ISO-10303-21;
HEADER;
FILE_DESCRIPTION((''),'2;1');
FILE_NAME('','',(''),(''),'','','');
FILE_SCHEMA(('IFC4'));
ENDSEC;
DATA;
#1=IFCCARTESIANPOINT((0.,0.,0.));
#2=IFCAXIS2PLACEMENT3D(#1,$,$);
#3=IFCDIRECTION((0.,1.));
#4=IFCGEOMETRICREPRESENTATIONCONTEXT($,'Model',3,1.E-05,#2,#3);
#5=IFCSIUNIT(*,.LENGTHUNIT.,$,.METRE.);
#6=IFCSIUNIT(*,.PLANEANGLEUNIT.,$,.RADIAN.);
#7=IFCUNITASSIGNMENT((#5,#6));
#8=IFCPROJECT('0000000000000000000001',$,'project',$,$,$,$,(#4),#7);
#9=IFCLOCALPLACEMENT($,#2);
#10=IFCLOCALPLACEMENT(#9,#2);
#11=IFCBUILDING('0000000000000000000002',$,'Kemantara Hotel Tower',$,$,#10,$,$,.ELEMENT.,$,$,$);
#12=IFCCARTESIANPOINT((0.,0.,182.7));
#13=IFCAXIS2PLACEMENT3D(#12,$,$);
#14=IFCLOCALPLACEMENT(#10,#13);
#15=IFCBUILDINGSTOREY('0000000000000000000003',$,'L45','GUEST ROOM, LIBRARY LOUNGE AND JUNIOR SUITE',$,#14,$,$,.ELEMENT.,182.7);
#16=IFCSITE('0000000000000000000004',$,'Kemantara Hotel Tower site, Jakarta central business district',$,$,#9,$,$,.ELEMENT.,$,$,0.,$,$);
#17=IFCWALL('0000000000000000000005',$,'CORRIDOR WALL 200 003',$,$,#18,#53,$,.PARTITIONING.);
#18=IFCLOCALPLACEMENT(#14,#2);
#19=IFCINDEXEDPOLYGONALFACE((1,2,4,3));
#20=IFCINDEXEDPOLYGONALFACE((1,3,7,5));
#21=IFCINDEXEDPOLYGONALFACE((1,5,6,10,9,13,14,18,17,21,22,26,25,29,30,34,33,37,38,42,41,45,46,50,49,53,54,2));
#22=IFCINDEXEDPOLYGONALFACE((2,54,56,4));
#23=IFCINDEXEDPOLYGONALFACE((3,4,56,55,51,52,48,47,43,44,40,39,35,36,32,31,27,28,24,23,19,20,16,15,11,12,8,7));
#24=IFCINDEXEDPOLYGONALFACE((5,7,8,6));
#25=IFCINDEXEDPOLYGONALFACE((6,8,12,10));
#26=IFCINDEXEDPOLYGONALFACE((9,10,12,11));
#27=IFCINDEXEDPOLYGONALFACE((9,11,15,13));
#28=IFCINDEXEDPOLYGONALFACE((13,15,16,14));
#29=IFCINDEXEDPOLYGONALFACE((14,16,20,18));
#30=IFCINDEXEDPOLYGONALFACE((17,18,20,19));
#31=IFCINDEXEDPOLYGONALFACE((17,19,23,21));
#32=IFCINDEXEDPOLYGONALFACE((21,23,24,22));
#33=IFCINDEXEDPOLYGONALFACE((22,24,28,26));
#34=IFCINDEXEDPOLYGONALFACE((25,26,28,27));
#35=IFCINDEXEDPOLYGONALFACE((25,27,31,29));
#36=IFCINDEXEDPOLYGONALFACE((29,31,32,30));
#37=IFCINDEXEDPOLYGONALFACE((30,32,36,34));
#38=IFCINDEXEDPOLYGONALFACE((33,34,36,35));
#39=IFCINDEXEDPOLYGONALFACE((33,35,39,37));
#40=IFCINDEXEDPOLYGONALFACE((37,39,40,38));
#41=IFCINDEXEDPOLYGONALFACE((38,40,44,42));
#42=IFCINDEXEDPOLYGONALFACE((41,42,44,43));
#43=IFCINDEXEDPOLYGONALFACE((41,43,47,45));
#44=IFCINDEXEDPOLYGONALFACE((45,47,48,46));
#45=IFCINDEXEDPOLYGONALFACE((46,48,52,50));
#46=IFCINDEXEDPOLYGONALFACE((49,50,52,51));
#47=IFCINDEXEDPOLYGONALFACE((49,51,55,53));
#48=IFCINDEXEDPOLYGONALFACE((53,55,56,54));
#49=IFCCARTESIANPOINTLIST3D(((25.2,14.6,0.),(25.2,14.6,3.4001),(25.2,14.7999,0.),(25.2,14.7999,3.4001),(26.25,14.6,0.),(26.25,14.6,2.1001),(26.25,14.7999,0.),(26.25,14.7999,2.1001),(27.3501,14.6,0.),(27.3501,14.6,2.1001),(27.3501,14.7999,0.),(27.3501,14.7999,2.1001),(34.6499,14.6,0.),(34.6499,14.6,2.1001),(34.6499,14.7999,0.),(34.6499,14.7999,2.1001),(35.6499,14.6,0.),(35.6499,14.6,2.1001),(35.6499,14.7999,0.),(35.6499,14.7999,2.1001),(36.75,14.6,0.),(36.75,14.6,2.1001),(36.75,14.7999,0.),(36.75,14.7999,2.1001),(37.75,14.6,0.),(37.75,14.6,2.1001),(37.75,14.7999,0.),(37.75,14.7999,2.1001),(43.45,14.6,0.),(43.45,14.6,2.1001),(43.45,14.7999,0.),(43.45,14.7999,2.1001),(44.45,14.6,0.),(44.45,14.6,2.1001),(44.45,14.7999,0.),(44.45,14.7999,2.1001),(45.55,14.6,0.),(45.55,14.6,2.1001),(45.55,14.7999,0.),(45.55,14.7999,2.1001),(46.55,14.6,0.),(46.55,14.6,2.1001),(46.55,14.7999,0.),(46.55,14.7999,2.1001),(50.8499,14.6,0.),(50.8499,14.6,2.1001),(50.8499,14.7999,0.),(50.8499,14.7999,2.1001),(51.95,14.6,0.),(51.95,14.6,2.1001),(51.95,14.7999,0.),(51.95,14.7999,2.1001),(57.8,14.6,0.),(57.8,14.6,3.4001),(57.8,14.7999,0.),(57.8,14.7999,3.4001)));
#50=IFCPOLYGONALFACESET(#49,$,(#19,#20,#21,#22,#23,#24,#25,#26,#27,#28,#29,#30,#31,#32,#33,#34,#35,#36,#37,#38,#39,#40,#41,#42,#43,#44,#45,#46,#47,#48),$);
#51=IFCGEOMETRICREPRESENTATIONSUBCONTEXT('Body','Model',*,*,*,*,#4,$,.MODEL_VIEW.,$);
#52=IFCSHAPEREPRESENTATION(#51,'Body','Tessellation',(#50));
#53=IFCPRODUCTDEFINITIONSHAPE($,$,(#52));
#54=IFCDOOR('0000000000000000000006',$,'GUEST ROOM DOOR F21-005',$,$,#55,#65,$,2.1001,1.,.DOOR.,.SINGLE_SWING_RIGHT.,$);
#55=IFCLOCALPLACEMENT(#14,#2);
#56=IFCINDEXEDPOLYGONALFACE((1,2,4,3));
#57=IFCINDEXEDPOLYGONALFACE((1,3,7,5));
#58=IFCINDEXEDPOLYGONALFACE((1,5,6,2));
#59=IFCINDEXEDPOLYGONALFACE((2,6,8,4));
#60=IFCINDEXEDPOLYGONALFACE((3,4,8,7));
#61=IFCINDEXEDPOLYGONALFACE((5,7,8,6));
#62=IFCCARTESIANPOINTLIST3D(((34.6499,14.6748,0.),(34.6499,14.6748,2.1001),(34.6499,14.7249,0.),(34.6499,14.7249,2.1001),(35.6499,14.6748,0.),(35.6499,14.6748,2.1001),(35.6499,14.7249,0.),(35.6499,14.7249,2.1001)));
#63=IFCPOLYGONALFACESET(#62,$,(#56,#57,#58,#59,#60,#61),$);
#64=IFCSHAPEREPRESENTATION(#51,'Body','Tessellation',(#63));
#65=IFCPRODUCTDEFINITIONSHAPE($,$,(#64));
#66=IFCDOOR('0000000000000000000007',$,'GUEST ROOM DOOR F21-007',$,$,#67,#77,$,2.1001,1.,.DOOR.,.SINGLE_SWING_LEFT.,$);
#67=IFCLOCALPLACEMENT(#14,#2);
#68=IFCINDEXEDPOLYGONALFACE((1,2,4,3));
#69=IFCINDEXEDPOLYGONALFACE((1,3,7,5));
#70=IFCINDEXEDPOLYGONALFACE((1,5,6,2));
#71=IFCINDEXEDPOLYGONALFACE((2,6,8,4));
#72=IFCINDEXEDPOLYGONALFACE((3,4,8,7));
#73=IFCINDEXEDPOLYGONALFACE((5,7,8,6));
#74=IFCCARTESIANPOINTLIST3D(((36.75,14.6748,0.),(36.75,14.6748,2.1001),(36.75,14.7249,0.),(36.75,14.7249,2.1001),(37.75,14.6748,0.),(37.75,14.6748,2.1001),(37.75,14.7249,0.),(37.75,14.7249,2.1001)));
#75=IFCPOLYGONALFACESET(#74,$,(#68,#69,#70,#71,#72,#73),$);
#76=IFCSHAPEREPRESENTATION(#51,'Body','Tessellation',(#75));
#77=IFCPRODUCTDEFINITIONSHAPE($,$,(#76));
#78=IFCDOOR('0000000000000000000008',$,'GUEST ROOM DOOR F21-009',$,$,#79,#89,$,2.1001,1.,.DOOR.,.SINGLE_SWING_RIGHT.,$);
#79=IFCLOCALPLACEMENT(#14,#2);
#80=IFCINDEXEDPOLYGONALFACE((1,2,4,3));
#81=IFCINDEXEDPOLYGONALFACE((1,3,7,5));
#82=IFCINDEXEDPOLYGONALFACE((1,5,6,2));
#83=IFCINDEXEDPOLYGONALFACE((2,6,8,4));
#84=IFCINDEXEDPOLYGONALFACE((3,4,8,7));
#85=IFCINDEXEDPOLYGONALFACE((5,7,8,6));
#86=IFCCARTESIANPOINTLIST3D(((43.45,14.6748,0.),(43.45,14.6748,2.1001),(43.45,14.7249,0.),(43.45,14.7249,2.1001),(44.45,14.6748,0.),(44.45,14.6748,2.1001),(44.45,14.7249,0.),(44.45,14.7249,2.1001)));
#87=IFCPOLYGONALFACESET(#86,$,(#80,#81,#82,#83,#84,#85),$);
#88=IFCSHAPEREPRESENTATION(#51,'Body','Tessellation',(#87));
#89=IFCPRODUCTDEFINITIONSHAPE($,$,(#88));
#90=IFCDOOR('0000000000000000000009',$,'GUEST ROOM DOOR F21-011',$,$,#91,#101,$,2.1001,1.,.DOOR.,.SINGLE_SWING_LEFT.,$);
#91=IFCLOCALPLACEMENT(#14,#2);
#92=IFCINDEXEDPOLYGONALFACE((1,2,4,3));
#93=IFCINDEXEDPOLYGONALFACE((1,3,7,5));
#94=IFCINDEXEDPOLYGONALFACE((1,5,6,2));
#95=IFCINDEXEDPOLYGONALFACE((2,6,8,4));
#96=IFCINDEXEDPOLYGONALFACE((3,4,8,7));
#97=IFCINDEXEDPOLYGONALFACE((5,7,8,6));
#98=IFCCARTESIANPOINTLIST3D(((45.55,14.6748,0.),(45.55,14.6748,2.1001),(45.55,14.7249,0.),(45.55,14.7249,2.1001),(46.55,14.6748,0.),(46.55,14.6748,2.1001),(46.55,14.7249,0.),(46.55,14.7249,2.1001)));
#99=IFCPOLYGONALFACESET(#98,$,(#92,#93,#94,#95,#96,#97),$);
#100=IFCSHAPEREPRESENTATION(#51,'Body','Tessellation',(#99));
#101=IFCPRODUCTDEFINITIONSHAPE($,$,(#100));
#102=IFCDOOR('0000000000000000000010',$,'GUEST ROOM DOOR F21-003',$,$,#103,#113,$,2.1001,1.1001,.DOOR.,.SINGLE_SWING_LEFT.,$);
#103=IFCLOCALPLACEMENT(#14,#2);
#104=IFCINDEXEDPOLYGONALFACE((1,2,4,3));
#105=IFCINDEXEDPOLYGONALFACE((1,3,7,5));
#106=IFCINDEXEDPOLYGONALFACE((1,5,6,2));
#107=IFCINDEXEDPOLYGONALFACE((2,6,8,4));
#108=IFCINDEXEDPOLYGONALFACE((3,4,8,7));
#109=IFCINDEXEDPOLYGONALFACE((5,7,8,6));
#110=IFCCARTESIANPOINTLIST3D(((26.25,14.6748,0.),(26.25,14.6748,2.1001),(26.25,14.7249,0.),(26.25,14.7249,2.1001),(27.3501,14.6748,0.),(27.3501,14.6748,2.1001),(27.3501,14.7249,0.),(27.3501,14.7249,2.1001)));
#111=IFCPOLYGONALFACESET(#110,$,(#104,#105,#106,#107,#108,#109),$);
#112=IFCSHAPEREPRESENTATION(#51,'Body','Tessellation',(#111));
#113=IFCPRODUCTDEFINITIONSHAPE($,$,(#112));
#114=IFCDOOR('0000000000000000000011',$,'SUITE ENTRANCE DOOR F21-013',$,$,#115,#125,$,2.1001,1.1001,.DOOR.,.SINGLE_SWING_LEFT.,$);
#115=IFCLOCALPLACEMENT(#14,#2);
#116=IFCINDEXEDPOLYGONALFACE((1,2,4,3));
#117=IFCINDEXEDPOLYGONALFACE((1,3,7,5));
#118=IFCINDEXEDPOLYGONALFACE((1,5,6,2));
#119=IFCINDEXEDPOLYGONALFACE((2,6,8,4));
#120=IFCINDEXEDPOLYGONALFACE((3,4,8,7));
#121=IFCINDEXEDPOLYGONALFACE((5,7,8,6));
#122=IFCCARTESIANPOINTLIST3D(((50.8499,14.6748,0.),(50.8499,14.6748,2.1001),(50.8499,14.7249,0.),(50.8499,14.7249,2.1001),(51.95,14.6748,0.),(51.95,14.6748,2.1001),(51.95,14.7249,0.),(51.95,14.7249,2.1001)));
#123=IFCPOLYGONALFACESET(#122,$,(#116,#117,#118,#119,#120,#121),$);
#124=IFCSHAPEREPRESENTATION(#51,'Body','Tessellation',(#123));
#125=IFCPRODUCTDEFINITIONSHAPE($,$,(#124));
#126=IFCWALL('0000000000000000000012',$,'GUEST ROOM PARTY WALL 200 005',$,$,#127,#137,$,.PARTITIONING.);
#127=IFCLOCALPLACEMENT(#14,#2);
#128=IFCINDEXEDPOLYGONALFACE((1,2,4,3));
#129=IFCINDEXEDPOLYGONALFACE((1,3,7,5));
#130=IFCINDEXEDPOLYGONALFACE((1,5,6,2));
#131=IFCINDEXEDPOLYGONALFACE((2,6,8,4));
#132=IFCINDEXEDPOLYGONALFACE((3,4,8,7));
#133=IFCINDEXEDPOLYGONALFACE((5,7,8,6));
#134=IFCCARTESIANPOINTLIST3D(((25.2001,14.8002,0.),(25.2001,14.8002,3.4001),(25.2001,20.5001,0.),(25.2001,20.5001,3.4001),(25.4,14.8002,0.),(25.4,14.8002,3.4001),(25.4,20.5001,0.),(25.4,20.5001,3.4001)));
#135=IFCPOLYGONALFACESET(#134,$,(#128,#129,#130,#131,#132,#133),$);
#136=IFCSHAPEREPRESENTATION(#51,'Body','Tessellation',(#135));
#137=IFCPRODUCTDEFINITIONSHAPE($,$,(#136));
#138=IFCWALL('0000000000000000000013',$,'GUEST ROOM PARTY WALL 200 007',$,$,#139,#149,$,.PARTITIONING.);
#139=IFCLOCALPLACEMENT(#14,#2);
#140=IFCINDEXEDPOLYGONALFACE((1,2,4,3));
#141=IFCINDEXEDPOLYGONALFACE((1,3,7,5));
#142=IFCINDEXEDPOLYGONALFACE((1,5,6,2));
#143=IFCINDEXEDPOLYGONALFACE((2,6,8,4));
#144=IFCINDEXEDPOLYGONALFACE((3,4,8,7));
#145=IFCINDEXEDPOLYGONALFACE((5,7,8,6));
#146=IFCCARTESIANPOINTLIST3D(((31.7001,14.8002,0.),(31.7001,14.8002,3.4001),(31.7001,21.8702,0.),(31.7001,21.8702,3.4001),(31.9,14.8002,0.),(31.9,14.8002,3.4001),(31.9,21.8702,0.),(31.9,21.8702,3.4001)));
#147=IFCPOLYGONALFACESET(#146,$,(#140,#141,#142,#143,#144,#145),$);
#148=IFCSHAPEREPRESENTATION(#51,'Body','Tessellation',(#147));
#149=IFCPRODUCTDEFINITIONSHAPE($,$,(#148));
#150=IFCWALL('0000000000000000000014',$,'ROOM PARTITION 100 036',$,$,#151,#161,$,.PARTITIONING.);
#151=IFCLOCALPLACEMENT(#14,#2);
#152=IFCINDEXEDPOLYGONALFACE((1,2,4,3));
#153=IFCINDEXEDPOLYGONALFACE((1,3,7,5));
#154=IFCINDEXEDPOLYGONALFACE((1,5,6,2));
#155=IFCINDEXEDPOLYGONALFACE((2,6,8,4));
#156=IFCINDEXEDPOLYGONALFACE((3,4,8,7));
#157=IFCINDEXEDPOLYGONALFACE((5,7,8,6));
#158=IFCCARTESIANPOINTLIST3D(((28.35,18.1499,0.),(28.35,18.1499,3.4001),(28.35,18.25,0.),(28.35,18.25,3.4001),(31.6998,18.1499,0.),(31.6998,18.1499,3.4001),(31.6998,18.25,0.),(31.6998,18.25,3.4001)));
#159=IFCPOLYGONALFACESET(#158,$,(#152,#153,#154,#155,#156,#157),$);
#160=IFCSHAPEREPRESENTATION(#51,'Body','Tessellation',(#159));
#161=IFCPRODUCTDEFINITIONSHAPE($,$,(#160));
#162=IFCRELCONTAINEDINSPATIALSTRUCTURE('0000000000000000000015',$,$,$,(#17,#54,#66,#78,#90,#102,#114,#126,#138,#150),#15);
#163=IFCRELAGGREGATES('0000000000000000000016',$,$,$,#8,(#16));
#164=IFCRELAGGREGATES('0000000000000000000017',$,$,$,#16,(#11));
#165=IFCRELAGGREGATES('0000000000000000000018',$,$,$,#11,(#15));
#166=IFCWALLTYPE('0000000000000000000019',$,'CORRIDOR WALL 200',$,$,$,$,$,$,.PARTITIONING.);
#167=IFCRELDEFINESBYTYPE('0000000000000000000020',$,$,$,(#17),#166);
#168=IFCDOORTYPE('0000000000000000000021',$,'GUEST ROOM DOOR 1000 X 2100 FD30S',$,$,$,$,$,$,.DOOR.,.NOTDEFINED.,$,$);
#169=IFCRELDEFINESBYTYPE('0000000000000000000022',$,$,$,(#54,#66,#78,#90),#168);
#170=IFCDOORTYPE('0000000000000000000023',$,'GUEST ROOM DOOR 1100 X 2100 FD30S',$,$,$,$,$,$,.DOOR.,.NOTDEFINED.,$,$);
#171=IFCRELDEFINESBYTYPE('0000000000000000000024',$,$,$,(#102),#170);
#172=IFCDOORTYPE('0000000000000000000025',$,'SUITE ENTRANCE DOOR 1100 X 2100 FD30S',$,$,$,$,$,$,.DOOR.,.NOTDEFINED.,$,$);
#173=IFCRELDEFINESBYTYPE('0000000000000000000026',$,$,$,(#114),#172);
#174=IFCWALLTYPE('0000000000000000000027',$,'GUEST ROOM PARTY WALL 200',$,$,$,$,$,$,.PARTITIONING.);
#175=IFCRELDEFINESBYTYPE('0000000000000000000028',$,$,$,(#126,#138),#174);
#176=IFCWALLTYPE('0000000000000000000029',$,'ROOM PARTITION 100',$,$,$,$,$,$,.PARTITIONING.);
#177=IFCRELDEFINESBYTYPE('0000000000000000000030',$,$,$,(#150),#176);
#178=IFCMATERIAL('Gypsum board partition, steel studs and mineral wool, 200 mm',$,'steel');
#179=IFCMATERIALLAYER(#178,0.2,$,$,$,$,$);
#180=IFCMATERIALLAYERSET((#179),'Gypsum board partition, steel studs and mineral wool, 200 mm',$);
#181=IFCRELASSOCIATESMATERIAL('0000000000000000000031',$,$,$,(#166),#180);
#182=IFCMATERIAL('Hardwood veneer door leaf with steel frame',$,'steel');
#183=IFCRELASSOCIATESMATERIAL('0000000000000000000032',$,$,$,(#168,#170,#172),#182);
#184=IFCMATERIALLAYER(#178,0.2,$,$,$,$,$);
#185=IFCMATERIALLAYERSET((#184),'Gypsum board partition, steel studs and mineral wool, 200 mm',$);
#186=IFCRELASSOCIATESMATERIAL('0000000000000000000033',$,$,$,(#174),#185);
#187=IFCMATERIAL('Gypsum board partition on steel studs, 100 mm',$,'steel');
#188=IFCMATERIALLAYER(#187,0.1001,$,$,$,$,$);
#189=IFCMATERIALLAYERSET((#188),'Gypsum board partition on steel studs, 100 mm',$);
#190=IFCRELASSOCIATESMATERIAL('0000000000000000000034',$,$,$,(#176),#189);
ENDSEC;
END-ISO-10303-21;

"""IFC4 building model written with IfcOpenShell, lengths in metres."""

from ifc_helpers import new_model, si_unit, direction, frame, frame_2d, origin, place, context, subcontext, project, spatial, rectangle, extrude, material, layer, layer_set, type_object, element, fill, save


model = new_model("IFC4")

# Units and contexts
model_context = context("Model", 3, precision=1e-05, world=origin(), true_north=direction((0.0, 1.0)))
body_context = subcontext(model_context, "Body", "Model", "MODEL_VIEW")
ifc_project = project(units=[si_unit("LENGTHUNIT", "METRE"), si_unit("PLANEANGLEUNIT", "RADIAN")], contexts=[model_context])

# Site, building, storey
site_placement = place(None, origin())
site = spatial("IfcSite", under=ifc_project, at=site_placement, Name="Kemantara Hotel Tower site, Jakarta central business district", CompositionType="ELEMENT", RefElevation=0.0)
building_placement = place(site_placement, origin())
building = spatial("IfcBuilding", under=site, at=building_placement, Name="Kemantara Hotel Tower", CompositionType="ELEMENT")
storey_placement = place(building_placement, frame((0.0, 0.0, 182.7)))
storey = spatial("IfcBuildingStorey", under=building, at=storey_placement, Name="L45", Description="GUEST ROOM, LIBRARY LOUNGE AND JUNIOR SUITE", CompositionType="ELEMENT", Elevation=182.7)

# Wall, openings, doors
ifc_material_1 = material(Name="Gypsum board partition, steel studs and mineral wool, 200 mm", Category="steel")
ifc_layer_1 = layer(ifc_material_1, 0.2)
ifc_layer_set_1 = layer_set([ifc_layer_1], Name="Gypsum board partition, steel studs and mineral wool, 200 mm")
wall_type_1 = type_object("IfcWallType", Name="CORRIDOR WALL 200", PredefinedType="PARTITIONING", material=ifc_layer_set_1)
wall_1_placement = place(storey_placement, frame((25.2, 14.7, 0.0), z_axis=(0.0, 0.0, 1.0), x_axis=(1.0, 0.0, 0.0)))
wall_1 = element("IfcWall", 1, at=wall_1_placement, inside=storey, type_object=wall_type_1, Name="CORRIDOR WALL 200 003", PredefinedType="PARTITIONING", context=body_context, shape_type="SweptSolid", body=[
    extrude(rectangle(XDim=32.6001, YDim=0.2, at=frame_2d((16.3, 0.0))), origin(), (0.0, 0.0, 1.0), 3.4001),
])
opening_1_placement = place(wall_1_placement, frame((1.05, 0.0, 0.0)))
opening_1 = element("IfcOpeningElement", 2, at=opening_1_placement, cuts=wall_1, PredefinedType="OPENING", context=body_context, shape_type="SweptSolid", body=[
    extrude(rectangle(XDim=1.1001, YDim=2.1001, at=frame_2d((0.55, 1.05))), frame((0.0, 0.1099, 0.0), z_axis=(0.0, -1.0, 0.0), x_axis=(1.0, 0.0, 0.0)), (0.0, 0.0, 1.0), 0.22),
])
opening_2_placement = place(wall_1_placement, frame((9.45, 0.0, 0.0)))
opening_2 = element("IfcOpeningElement", 3, at=opening_2_placement, cuts=wall_1, PredefinedType="OPENING", context=body_context, shape_type="SweptSolid", body=[
    extrude(rectangle(XDim=1.0, YDim=2.1001, at=frame_2d((0.5, 1.05))), frame((0.0, 0.1099, 0.0), z_axis=(0.0, -1.0, 0.0), x_axis=(1.0, 0.0, 0.0)), (0.0, 0.0, 1.0), 0.22),
])
opening_3_placement = place(wall_1_placement, frame((11.55, 0.0, 0.0)))
opening_3 = element("IfcOpeningElement", 4, at=opening_3_placement, cuts=wall_1, PredefinedType="OPENING", context=body_context, shape_type="SweptSolid", body=[
    extrude(rectangle(XDim=1.0, YDim=2.1001, at=frame_2d((0.5, 1.05))), frame((0.0, 0.1099, 0.0), z_axis=(0.0, -1.0, 0.0), x_axis=(1.0, 0.0, 0.0)), (0.0, 0.0, 1.0), 0.22),
])
opening_4_placement = place(wall_1_placement, frame((18.25, 0.0, 0.0)))
opening_4 = element("IfcOpeningElement", 5, at=opening_4_placement, cuts=wall_1, PredefinedType="OPENING", context=body_context, shape_type="SweptSolid", body=[
    extrude(rectangle(XDim=1.0, YDim=2.1001, at=frame_2d((0.5, 1.05))), frame((0.0, 0.1099, 0.0), z_axis=(0.0, -1.0, 0.0), x_axis=(1.0, 0.0, 0.0)), (0.0, 0.0, 1.0), 0.22),
])
opening_5_placement = place(wall_1_placement, frame((20.3501, 0.0, 0.0)))
opening_5 = element("IfcOpeningElement", 6, at=opening_5_placement, cuts=wall_1, PredefinedType="OPENING", context=body_context, shape_type="SweptSolid", body=[
    extrude(rectangle(XDim=1.0, YDim=2.1001, at=frame_2d((0.5, 1.05))), frame((0.0, 0.1099, 0.0), z_axis=(0.0, -1.0, 0.0), x_axis=(1.0, 0.0, 0.0)), (0.0, 0.0, 1.0), 0.22),
])
opening_6_placement = place(wall_1_placement, frame((25.6499, 0.0, 0.0)))
opening_6 = element("IfcOpeningElement", 7, at=opening_6_placement, cuts=wall_1, PredefinedType="OPENING", context=body_context, shape_type="SweptSolid", body=[
    extrude(rectangle(XDim=1.1001, YDim=2.1001, at=frame_2d((0.55, 1.05))), frame((0.0, 0.1099, 0.0), z_axis=(0.0, -1.0, 0.0), x_axis=(1.0, 0.0, 0.0)), (0.0, 0.0, 1.0), 0.22),
])
ifc_material_2 = material(Name="Hardwood veneer door leaf with steel frame", Category="steel")
door_type_1 = type_object("IfcDoorType", Name="GUEST ROOM DOOR 1000 X 2100 FD30S", OperationType="NOTDEFINED", PredefinedType="DOOR", material=ifc_material_2)
door_1_placement = place(opening_2_placement, origin())
door_1 = element("IfcDoor", 8, at=door_1_placement, inside=storey, type_object=door_type_1, Name="GUEST ROOM DOOR F21-005", OperationType="SINGLE_SWING_RIGHT", OverallHeight=2.1001, OverallWidth=1.0, PredefinedType="DOOR", context=body_context, shape_type="SweptSolid", body=[
    extrude(rectangle(XDim=1.0, YDim=2.1001, at=frame_2d((0.5, 1.05))), frame((0.0, 0.0249, 0.0), z_axis=(0.0, -1.0, 0.0), x_axis=(1.0, 0.0, 0.0)), (0.0, 0.0, 1.0), 0.05),
])
fill(opening_2, door_1)
door_2_placement = place(opening_3_placement, origin())
door_2 = element("IfcDoor", 9, at=door_2_placement, inside=storey, type_object=door_type_1, Name="GUEST ROOM DOOR F21-007", OperationType="SINGLE_SWING_LEFT", OverallHeight=2.1001, OverallWidth=1.0, PredefinedType="DOOR", context=body_context, shape_type="SweptSolid", body=[
    extrude(rectangle(XDim=1.0, YDim=2.1001, at=frame_2d((0.5, 1.05))), frame((0.0, 0.0249, 0.0), z_axis=(0.0, -1.0, 0.0), x_axis=(1.0, 0.0, 0.0)), (0.0, 0.0, 1.0), 0.05),
])
fill(opening_3, door_2)
door_3_placement = place(opening_4_placement, origin())
door_3 = element("IfcDoor", 10, at=door_3_placement, inside=storey, type_object=door_type_1, Name="GUEST ROOM DOOR F21-009", OperationType="SINGLE_SWING_RIGHT", OverallHeight=2.1001, OverallWidth=1.0, PredefinedType="DOOR", context=body_context, shape_type="SweptSolid", body=[
    extrude(rectangle(XDim=1.0, YDim=2.1001, at=frame_2d((0.5, 1.05))), frame((0.0, 0.0249, 0.0), z_axis=(0.0, -1.0, 0.0), x_axis=(1.0, 0.0, 0.0)), (0.0, 0.0, 1.0), 0.05),
])
fill(opening_4, door_3)
door_4_placement = place(opening_5_placement, origin())
door_4 = element("IfcDoor", 11, at=door_4_placement, inside=storey, type_object=door_type_1, Name="GUEST ROOM DOOR F21-011", OperationType="SINGLE_SWING_LEFT", OverallHeight=2.1001, OverallWidth=1.0, PredefinedType="DOOR", context=body_context, shape_type="SweptSolid", body=[
    extrude(rectangle(XDim=1.0, YDim=2.1001, at=frame_2d((0.5, 1.05))), frame((0.0, 0.0249, 0.0), z_axis=(0.0, -1.0, 0.0), x_axis=(1.0, 0.0, 0.0)), (0.0, 0.0, 1.0), 0.05),
])
fill(opening_5, door_4)
door_type_2 = type_object("IfcDoorType", Name="GUEST ROOM DOOR 1100 X 2100 FD30S", OperationType="NOTDEFINED", PredefinedType="DOOR", material=ifc_material_2)
door_5_placement = place(opening_1_placement, origin())
door_5 = element("IfcDoor", 12, at=door_5_placement, inside=storey, type_object=door_type_2, Name="GUEST ROOM DOOR F21-003", OperationType="SINGLE_SWING_LEFT", OverallHeight=2.1001, OverallWidth=1.1001, PredefinedType="DOOR", context=body_context, shape_type="SweptSolid", body=[
    extrude(rectangle(XDim=1.1001, YDim=2.1001, at=frame_2d((0.55, 1.05))), frame((0.0, 0.0249, 0.0), z_axis=(0.0, -1.0, 0.0), x_axis=(1.0, 0.0, 0.0)), (0.0, 0.0, 1.0), 0.05),
])
fill(opening_1, door_5)
door_type_3 = type_object("IfcDoorType", Name="SUITE ENTRANCE DOOR 1100 X 2100 FD30S", OperationType="NOTDEFINED", PredefinedType="DOOR", material=ifc_material_2)
door_6_placement = place(opening_6_placement, origin())
door_6 = element("IfcDoor", 13, at=door_6_placement, inside=storey, type_object=door_type_3, Name="SUITE ENTRANCE DOOR F21-013", OperationType="SINGLE_SWING_LEFT", OverallHeight=2.1001, OverallWidth=1.1001, PredefinedType="DOOR", context=body_context, shape_type="SweptSolid", body=[
    extrude(rectangle(XDim=1.1001, YDim=2.1001, at=frame_2d((0.55, 1.05))), frame((0.0, 0.0249, 0.0), z_axis=(0.0, -1.0, 0.0), x_axis=(1.0, 0.0, 0.0)), (0.0, 0.0, 1.0), 0.05),
])
fill(opening_6, door_6)

# Walls
ifc_layer_2 = layer(ifc_material_1, 0.2)
ifc_layer_set_2 = layer_set([ifc_layer_2], Name="Gypsum board partition, steel studs and mineral wool, 200 mm")
wall_type_2 = type_object("IfcWallType", Name="GUEST ROOM PARTY WALL 200", PredefinedType="PARTITIONING", material=ifc_layer_set_2)
wall_2_placement = place(storey_placement, frame((25.3, 14.8, 0.0), z_axis=(0.0, 0.0, 1.0), x_axis=(0.0, 1.0, 0.0)))
element("IfcWall", 14, at=wall_2_placement, inside=storey, type_object=wall_type_2, Name="GUEST ROOM PARTY WALL 200 005", PredefinedType="PARTITIONING", context=body_context, shape_type="SweptSolid", body=[
    extrude(rectangle(XDim=5.7, YDim=0.2, at=frame_2d((2.8501, 0.0))), origin(), (0.0, 0.0, 1.0), 3.4001),
])
wall_3_placement = place(storey_placement, frame((31.8, 14.8, 0.0), z_axis=(0.0, 0.0, 1.0), x_axis=(0.0, 1.0, 0.0)))
element("IfcWall", 15, at=wall_3_placement, inside=storey, type_object=wall_type_2, Name="GUEST ROOM PARTY WALL 200 007", PredefinedType="PARTITIONING", context=body_context, shape_type="SweptSolid", body=[
    extrude(rectangle(XDim=7.0701, YDim=0.2, at=frame_2d((3.5352, 0.0))), origin(), (0.0, 0.0, 1.0), 3.4001),
])
ifc_material_3 = material(Name="Gypsum board partition on steel studs, 100 mm", Category="steel")
ifc_layer_3 = layer(ifc_material_3, 0.1001)
ifc_layer_set_3 = layer_set([ifc_layer_3], Name="Gypsum board partition on steel studs, 100 mm")
wall_type_3 = type_object("IfcWallType", Name="ROOM PARTITION 100", PredefinedType="PARTITIONING", material=ifc_layer_set_3)
wall_4_placement = place(storey_placement, frame((28.3501, 18.2, 0.0), z_axis=(0.0, 0.0, 1.0), x_axis=(1.0, 0.0, 0.0)))
element("IfcWall", 16, at=wall_4_placement, inside=storey, type_object=wall_type_3, Name="ROOM PARTITION 100 036", PredefinedType="PARTITIONING", context=body_context, shape_type="SweptSolid", body=[
    extrude(rectangle(XDim=3.3499, YDim=0.1001, at=frame_2d((1.6748, 0.0))), origin(), (0.0, 0.0, 1.0), 3.4001),
])

save(model, "model.ifc")
